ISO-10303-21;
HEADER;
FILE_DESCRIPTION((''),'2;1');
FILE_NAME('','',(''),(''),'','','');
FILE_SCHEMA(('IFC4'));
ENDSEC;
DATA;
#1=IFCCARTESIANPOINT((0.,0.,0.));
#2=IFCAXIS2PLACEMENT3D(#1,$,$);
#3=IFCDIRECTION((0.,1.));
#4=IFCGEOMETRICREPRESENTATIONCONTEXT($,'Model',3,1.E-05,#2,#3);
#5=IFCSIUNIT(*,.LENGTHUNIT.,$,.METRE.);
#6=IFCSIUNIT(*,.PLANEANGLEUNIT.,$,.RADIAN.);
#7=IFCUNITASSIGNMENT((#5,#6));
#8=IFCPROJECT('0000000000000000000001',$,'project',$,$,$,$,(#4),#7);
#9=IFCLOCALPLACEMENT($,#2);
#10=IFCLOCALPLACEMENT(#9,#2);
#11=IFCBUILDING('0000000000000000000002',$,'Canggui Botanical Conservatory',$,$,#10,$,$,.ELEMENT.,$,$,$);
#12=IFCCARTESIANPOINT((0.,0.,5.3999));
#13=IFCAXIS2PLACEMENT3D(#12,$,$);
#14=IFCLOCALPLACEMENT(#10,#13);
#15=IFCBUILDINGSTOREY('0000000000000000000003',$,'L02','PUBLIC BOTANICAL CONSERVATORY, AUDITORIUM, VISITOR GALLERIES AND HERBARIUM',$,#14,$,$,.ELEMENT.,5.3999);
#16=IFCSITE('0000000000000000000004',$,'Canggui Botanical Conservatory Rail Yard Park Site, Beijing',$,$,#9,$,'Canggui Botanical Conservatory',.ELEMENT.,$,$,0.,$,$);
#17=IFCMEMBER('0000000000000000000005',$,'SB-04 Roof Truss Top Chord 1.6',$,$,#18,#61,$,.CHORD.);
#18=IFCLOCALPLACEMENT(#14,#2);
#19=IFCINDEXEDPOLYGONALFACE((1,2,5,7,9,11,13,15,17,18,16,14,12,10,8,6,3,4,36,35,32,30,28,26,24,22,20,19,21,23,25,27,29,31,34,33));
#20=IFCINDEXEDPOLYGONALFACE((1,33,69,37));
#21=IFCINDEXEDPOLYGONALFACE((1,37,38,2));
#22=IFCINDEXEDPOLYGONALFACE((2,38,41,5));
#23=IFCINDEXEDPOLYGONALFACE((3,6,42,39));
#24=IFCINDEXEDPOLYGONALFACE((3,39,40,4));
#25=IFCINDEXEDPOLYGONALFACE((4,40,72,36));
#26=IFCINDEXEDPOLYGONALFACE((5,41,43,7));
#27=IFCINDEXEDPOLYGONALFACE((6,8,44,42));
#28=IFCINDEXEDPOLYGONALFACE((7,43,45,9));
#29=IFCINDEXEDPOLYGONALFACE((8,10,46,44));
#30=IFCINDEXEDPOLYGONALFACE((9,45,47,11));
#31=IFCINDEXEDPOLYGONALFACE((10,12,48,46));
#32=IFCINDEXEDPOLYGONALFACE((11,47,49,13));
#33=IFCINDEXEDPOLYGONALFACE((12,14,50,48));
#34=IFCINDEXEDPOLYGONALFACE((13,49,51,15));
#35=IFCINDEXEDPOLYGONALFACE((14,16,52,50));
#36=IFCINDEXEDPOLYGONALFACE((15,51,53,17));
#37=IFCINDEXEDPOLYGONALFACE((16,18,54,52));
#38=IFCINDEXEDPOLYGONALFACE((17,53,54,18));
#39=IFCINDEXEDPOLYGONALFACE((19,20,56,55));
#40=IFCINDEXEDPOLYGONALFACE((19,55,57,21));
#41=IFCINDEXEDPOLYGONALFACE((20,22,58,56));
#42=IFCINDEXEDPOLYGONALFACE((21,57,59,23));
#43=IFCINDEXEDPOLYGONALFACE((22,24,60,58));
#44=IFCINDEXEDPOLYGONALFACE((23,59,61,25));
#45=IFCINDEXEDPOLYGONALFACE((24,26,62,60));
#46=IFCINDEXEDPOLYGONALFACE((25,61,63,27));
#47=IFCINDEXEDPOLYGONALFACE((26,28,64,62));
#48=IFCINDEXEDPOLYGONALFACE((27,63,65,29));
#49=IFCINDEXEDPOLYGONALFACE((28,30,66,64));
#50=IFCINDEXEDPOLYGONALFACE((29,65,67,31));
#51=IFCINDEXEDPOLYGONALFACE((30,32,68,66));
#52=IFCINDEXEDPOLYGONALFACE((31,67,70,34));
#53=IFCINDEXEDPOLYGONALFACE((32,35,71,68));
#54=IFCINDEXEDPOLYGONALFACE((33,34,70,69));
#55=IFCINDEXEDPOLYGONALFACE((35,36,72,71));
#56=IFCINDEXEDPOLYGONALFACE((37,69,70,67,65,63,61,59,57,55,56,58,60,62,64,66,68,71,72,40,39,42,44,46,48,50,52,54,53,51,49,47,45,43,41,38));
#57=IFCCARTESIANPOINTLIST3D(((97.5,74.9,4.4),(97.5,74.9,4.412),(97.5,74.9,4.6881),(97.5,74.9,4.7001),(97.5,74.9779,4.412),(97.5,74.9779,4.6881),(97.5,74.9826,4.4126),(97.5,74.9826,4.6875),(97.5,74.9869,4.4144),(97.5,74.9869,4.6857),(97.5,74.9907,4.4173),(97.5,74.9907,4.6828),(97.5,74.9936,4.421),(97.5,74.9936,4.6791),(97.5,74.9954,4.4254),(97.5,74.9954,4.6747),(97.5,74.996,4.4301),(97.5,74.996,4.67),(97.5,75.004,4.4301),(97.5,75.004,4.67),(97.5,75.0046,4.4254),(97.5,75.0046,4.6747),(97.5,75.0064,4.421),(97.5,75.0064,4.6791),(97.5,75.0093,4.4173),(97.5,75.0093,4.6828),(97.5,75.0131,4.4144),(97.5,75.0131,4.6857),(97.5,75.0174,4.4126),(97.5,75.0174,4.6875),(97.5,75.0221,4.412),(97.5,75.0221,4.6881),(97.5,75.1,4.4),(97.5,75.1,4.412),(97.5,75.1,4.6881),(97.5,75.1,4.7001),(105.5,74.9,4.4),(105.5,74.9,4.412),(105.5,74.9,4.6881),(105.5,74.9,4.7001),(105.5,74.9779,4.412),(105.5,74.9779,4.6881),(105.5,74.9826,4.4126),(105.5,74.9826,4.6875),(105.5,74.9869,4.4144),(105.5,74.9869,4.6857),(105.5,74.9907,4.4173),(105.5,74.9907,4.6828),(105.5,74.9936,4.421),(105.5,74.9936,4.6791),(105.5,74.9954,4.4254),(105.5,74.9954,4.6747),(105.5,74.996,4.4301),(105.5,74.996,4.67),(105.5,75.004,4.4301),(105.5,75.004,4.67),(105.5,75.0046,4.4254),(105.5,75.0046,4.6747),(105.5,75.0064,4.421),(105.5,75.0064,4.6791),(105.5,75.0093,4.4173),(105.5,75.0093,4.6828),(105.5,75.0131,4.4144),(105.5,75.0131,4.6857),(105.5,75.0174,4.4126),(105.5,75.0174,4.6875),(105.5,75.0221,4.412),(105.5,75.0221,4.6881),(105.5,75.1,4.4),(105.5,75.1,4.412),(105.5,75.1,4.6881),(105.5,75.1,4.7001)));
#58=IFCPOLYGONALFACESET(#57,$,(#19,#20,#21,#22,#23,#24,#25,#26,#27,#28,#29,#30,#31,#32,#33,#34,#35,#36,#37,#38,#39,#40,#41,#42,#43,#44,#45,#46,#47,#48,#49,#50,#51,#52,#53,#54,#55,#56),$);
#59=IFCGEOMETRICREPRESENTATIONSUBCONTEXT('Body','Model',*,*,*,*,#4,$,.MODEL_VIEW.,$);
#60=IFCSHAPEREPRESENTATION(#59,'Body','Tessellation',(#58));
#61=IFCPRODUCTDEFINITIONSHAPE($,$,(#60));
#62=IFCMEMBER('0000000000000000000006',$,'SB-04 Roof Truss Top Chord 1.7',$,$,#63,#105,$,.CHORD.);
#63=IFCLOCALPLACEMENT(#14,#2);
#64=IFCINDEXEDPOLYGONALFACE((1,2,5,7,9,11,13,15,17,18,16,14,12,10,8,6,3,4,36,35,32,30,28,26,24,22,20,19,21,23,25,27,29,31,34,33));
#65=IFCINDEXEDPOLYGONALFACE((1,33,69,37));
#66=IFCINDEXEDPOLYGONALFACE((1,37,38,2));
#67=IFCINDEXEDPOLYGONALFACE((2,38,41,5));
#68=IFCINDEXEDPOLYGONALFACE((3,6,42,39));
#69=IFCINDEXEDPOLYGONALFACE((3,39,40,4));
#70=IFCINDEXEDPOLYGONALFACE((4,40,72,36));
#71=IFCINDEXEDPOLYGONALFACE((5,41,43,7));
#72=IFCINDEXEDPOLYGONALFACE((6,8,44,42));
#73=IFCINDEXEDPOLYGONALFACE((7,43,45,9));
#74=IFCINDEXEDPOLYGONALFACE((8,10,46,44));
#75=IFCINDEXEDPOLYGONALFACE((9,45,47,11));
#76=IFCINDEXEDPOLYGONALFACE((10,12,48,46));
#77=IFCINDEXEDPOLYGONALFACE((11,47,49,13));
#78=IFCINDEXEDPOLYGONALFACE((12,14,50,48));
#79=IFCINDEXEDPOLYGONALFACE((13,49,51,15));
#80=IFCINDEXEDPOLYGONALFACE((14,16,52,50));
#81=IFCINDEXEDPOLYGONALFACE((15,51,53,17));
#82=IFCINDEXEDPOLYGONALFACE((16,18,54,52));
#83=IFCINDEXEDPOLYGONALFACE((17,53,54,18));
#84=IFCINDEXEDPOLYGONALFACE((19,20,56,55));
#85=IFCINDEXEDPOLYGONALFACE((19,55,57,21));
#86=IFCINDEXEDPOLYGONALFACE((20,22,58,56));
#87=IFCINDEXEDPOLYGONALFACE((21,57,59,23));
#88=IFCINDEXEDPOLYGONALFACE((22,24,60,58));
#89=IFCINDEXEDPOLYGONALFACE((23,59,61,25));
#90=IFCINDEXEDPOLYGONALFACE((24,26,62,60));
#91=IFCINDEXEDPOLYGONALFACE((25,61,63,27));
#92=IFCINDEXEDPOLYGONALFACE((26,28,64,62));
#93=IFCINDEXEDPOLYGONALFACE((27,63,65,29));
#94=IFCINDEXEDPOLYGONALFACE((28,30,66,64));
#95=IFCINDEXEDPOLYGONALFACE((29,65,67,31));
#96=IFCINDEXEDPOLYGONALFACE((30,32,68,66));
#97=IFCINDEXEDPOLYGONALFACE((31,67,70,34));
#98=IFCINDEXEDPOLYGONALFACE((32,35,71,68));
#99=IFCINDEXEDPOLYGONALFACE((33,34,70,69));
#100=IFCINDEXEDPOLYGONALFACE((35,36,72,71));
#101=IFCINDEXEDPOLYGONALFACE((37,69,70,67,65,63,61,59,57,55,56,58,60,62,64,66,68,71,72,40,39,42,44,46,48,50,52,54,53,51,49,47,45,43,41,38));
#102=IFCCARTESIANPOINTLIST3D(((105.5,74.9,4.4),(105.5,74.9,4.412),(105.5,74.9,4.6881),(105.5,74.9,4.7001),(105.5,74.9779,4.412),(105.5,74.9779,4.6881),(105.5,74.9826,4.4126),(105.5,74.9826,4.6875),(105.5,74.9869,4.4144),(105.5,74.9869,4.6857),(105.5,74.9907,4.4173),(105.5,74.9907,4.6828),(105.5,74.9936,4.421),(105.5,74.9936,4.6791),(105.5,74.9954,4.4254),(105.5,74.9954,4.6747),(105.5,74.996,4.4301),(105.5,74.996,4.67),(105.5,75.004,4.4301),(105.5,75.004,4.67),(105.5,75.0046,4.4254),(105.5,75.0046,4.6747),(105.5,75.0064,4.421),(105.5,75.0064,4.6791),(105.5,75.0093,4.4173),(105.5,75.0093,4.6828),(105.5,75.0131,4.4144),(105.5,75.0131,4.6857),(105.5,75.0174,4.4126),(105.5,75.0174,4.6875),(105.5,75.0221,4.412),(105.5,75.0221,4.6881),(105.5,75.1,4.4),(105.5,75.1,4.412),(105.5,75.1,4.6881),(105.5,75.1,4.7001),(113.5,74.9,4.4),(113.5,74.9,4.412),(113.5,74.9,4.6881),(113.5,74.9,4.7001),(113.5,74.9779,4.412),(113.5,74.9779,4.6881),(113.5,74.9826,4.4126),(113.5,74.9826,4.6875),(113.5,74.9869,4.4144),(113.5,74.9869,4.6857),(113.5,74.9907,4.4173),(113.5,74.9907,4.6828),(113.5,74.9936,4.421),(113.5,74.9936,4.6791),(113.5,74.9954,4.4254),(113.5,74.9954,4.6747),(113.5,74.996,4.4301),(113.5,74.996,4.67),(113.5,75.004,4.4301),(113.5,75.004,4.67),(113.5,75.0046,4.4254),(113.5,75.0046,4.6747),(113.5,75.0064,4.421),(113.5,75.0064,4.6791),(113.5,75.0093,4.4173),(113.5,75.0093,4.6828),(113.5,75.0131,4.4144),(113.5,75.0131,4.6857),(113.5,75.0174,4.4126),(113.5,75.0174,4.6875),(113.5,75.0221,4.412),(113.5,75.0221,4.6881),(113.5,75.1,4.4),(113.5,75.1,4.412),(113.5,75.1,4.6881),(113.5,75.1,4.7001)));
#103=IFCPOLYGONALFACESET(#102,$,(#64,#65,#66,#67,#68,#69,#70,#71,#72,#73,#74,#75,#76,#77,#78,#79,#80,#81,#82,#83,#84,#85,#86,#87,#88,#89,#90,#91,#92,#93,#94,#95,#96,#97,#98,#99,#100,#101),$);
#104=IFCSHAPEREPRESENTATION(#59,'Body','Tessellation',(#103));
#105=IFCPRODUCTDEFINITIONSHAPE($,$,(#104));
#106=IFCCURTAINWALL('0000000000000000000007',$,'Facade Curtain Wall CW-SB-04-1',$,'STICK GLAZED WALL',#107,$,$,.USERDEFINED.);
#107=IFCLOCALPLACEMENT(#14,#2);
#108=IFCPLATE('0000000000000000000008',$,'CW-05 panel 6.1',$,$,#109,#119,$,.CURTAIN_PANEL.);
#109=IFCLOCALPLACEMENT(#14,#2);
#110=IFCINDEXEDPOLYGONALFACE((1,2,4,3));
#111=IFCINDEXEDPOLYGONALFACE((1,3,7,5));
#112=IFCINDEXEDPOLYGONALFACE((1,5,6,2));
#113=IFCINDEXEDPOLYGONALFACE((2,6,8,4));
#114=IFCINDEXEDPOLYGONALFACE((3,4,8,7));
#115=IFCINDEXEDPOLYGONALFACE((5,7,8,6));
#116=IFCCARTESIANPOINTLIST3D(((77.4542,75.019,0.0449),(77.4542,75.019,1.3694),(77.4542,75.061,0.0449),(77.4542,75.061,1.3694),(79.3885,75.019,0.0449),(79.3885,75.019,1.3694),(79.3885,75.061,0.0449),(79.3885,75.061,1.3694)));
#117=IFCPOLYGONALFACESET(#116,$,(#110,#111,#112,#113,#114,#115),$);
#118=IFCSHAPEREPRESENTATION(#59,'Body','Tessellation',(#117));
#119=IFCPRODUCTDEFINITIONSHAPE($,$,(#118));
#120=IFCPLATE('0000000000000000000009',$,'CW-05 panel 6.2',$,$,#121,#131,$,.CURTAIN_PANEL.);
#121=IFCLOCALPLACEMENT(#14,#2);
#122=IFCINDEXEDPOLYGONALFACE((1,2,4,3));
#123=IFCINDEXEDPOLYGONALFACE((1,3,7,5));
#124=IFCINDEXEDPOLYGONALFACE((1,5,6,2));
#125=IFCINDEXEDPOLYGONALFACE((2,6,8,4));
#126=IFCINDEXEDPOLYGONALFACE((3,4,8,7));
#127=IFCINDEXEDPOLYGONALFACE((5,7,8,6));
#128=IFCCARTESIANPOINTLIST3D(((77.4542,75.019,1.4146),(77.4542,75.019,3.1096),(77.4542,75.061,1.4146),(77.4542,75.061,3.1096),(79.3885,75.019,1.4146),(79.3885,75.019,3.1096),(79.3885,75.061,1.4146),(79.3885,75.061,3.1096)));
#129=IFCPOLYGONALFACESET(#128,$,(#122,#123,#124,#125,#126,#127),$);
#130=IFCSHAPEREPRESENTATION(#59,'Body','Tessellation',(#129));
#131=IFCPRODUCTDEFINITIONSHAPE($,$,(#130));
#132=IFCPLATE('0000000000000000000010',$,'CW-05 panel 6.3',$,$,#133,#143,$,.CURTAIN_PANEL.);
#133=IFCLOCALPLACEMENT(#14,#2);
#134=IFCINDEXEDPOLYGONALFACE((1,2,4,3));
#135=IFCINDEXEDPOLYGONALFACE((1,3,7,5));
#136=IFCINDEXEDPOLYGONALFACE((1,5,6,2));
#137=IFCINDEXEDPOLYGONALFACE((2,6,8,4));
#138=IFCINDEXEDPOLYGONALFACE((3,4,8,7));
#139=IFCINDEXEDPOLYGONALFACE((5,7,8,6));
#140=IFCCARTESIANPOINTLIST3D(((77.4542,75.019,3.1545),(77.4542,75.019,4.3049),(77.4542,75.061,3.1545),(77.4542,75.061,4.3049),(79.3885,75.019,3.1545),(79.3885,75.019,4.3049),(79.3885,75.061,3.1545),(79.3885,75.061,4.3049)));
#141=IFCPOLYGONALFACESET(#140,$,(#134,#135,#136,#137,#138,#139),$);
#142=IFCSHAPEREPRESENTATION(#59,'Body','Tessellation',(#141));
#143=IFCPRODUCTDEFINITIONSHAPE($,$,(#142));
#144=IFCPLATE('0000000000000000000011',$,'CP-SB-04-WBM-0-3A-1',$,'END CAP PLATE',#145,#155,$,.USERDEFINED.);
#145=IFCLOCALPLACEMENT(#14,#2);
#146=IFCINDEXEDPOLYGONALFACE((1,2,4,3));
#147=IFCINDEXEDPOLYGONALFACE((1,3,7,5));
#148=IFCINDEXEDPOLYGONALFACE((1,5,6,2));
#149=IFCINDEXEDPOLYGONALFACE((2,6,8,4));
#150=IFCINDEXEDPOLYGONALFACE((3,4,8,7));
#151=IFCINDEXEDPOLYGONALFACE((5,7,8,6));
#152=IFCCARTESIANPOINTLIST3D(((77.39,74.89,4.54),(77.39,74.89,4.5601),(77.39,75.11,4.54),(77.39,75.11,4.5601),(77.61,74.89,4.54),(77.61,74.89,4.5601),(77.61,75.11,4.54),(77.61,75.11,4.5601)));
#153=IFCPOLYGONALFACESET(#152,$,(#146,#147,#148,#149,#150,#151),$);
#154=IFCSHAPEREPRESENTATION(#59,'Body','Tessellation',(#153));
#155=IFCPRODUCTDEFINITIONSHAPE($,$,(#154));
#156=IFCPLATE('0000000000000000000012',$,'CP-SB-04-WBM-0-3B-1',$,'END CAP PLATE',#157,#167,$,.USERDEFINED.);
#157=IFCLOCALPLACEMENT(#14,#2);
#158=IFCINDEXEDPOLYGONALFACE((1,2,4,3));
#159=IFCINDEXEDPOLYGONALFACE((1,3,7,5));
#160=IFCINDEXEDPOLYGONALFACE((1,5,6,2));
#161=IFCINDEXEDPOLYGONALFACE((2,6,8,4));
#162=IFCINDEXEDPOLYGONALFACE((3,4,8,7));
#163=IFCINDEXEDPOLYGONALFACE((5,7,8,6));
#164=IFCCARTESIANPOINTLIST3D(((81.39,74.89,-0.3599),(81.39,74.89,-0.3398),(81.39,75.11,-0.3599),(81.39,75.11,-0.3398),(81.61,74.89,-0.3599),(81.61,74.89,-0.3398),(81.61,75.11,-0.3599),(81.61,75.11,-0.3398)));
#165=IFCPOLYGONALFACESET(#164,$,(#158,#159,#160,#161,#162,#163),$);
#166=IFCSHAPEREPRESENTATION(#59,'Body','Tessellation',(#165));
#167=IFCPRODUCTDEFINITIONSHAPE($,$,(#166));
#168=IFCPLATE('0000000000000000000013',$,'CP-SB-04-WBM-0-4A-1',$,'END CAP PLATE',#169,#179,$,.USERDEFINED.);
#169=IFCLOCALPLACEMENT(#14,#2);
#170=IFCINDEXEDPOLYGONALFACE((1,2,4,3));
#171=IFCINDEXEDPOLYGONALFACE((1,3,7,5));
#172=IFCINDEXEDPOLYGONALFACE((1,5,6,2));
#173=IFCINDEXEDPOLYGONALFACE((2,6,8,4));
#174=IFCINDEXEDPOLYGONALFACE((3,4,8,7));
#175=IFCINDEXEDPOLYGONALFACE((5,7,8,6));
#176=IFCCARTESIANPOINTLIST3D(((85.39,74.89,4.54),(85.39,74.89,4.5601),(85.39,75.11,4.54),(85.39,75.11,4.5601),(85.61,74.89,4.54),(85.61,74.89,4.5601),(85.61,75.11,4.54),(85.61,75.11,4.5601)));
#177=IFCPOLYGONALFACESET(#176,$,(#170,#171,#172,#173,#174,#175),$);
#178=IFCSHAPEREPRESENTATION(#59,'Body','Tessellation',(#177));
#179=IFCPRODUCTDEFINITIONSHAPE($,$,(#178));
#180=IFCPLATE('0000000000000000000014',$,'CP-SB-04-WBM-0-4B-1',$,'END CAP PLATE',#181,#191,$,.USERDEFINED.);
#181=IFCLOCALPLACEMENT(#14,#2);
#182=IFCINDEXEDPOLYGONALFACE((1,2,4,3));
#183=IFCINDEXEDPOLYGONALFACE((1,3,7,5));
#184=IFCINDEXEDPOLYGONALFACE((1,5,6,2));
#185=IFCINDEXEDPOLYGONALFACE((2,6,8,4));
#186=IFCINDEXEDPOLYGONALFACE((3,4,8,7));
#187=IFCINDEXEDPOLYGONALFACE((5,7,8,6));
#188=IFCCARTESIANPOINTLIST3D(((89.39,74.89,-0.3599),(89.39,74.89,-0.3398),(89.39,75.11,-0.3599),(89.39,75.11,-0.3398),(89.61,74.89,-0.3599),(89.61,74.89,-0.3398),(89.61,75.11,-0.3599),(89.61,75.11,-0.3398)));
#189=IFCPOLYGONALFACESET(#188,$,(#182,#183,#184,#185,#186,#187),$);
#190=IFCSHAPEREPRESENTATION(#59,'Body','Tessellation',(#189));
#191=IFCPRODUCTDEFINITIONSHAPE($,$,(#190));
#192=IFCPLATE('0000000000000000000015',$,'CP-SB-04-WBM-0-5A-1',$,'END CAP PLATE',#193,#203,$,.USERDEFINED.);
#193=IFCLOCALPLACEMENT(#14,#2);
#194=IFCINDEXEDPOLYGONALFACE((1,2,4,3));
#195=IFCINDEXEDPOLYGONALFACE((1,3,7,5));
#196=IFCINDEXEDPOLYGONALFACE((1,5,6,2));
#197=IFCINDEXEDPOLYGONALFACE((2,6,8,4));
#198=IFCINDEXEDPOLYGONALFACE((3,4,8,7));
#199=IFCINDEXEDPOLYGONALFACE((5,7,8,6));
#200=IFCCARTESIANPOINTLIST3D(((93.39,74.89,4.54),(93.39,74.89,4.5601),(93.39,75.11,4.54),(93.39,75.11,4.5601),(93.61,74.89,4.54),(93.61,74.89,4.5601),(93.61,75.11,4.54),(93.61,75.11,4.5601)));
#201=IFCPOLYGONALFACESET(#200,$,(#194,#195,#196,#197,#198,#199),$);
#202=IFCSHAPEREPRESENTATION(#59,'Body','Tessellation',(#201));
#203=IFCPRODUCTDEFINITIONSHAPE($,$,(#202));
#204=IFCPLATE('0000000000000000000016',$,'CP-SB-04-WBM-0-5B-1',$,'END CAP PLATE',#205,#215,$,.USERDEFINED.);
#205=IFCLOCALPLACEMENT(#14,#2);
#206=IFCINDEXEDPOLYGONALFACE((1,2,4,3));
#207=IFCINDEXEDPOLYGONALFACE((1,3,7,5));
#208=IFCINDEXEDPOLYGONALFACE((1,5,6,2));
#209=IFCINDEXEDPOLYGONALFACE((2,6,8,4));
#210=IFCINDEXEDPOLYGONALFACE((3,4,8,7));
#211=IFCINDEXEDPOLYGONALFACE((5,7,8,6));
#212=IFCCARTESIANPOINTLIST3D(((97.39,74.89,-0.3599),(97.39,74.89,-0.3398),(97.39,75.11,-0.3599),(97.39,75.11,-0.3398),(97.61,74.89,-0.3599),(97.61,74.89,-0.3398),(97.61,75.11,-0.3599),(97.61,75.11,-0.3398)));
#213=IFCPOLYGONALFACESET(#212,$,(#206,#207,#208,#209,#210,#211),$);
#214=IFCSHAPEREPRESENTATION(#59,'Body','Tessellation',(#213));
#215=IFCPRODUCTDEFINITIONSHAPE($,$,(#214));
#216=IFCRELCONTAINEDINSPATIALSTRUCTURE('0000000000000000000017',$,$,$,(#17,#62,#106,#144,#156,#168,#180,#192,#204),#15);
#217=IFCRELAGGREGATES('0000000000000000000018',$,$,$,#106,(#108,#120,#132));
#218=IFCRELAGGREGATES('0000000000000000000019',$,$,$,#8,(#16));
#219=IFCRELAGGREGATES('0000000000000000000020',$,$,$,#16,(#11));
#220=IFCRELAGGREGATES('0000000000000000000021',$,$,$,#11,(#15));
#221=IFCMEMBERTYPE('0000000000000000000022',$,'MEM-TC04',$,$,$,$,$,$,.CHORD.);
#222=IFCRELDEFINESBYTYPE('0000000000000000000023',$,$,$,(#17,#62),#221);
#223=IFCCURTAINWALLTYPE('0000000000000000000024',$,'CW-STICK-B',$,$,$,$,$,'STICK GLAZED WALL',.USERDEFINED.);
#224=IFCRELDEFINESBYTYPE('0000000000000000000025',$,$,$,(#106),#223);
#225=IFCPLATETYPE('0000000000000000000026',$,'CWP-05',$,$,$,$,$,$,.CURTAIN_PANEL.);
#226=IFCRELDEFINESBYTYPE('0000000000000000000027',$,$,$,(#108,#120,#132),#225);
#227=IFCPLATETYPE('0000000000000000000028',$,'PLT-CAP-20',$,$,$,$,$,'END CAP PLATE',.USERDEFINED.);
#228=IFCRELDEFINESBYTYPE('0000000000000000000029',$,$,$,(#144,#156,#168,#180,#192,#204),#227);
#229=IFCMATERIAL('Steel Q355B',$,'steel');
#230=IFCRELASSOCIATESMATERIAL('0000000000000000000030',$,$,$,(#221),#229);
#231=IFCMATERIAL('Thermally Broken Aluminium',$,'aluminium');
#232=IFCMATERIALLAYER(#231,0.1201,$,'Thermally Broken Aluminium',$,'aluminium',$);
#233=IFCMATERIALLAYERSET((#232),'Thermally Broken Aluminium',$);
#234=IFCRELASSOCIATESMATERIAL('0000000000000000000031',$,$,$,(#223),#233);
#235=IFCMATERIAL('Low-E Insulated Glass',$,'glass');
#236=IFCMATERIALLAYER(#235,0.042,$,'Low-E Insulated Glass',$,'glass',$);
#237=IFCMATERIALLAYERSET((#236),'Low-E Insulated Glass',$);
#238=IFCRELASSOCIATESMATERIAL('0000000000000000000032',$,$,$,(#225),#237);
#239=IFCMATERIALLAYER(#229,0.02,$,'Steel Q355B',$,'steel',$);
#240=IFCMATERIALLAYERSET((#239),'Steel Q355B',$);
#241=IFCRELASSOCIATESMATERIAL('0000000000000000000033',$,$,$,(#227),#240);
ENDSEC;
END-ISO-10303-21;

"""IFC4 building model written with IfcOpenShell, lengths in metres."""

from ifc_helpers import new_model, si_unit, direction, frame, origin, origin_2d, place, context, subcontext, project, spatial, rectangle, i_section, extrude, material, layer, layer_set, material_profile, profile_set, type_object, element, aggregate, save


model = new_model("IFC4")

# Units and contexts
model_context = context("Model", 3, precision=1e-05, world=origin(), true_north=direction((0.0, 1.0)))
body_context = subcontext(model_context, "Body", "Model", "MODEL_VIEW")
ifc_project = project(units=[si_unit("LENGTHUNIT", "METRE"), si_unit("PLANEANGLEUNIT", "RADIAN")], contexts=[model_context])

# Site, building, storey
site_placement = place(None, origin())
site = spatial("IfcSite", under=ifc_project, at=site_placement, Name="Canggui Botanical Conservatory Rail Yard Park Site, Beijing", LongName="Canggui Botanical Conservatory", CompositionType="ELEMENT", RefElevation=0.0)
building_placement = place(site_placement, origin())
building = spatial("IfcBuilding", under=site, at=building_placement, Name="Canggui Botanical Conservatory", CompositionType="ELEMENT")
storey_placement = place(building_placement, frame((0.0, 0.0, 5.3999)))
storey = spatial("IfcBuildingStorey", under=building, at=storey_placement, Name="L02", Description="PUBLIC BOTANICAL CONSERVATORY, AUDITORIUM, VISITOR GALLERIES AND HERBARIUM", CompositionType="ELEMENT", Elevation=5.3999)

# Shared definitions
ifc_material_1 = material(Name="Steel Q355B", Category="steel")

# Members
ifc_material_profile_1 = material_profile(ifc_material_1, i_section(OverallWidth=0.2, OverallDepth=0.3, WebThickness=0.0081, FlangeThickness=0.012, FilletRadius=0.0181, at=origin_2d()), Name="HM 300x200x8x12")
ifc_profile_set_1 = profile_set([ifc_material_profile_1], Name="Steel Q355B")
member_type_1 = type_object("IfcMemberType", Name="MEM-TC04", PredefinedType="CHORD", material=ifc_profile_set_1)
for number, where, z_axis, x_axis, name in (
    (1, (97.5, 75.0, 4.55), (1.0, 0.0, 0.0), (0.0, 1.0, 0.0), "SB-04 Roof Truss Top Chord 1.6"),
    (2, (105.5, 75.0, 4.55), (1.0, 0.0, 0.0), (0.0, 1.0, 0.0), "SB-04 Roof Truss Top Chord 1.7"),
):
    element("IfcMember", number, at=place(storey_placement, frame(where, z_axis=z_axis, x_axis=x_axis)), inside=storey, type_object=member_type_1, Name=name, PredefinedType="CHORD", context=body_context, shape_type="SweptSolid", body=[
        extrude(i_section(OverallWidth=0.2, OverallDepth=0.3, WebThickness=0.0081, FlangeThickness=0.012, FilletRadius=0.0181, at=origin_2d()), origin(), (0.0, 0.0, 1.0), 8.0),
    ])

# Curtain wall, plates
ifc_material_2 = material(Name="Thermally Broken Aluminium", Category="aluminium")
ifc_layer_1 = layer(ifc_material_2, 0.1201, Name="Thermally Broken Aluminium", Category="aluminium")
ifc_layer_set_1 = layer_set([ifc_layer_1], Name="Thermally Broken Aluminium")
curtain_wall_type = type_object("IfcCurtainWallType", Name="CW-STICK-B", ElementType="STICK GLAZED WALL", PredefinedType="USERDEFINED", material=ifc_layer_set_1)
curtain_wall_placement = place(storey_placement, origin())
curtain_wall = element("IfcCurtainWall", 3, at=curtain_wall_placement, inside=storey, type_object=curtain_wall_type, Name="Facade Curtain Wall CW-SB-04-1", ObjectType="STICK GLAZED WALL", PredefinedType="USERDEFINED")
ifc_material_3 = material(Name="Low-E Insulated Glass", Category="glass")
ifc_layer_2 = layer(ifc_material_3, 0.042, Name="Low-E Insulated Glass", Category="glass")
ifc_layer_set_2 = layer_set([ifc_layer_2], Name="Low-E Insulated Glass")
plate_type_1 = type_object("IfcPlateType", Name="CWP-05", PredefinedType="CURTAIN_PANEL", material=ifc_layer_set_2)
plate_1_placement = place(storey_placement, frame((78.4214, 75.04, 0.0449), z_axis=(0.0, 0.0, 1.0), x_axis=(1.0, 0.0, 0.0)))
plate_1 = element("IfcPlate", 4, at=plate_1_placement, type_object=plate_type_1, Name="CW-05 panel 6.1", PredefinedType="CURTAIN_PANEL", context=body_context, shape_type="SweptSolid", body=[
    extrude(rectangle(XDim=1.9343, YDim=0.042, at=origin_2d()), origin(), (0.0, 0.0, 1.0), 1.3245),
])
plate_2_placement = place(storey_placement, frame((78.4214, 75.04, 1.4146), z_axis=(0.0, 0.0, 1.0), x_axis=(1.0, 0.0, 0.0)))
plate_2 = element("IfcPlate", 5, at=plate_2_placement, type_object=plate_type_1, Name="CW-05 panel 6.2", PredefinedType="CURTAIN_PANEL", context=body_context, shape_type="SweptSolid", body=[
    extrude(rectangle(XDim=1.9343, YDim=0.042, at=origin_2d()), origin(), (0.0, 0.0, 1.0), 1.6951),
])
plate_3_placement = place(storey_placement, frame((78.4214, 75.04, 3.1545), z_axis=(0.0, 0.0, 1.0), x_axis=(1.0, 0.0, 0.0)))
plate_3 = element("IfcPlate", 6, at=plate_3_placement, type_object=plate_type_1, Name="CW-05 panel 6.3", PredefinedType="CURTAIN_PANEL", context=body_context, shape_type="SweptSolid", body=[
    extrude(rectangle(XDim=1.9343, YDim=0.042, at=origin_2d()), origin(), (0.0, 0.0, 1.0), 1.1504),
])
aggregate(curtain_wall, [plate_1, plate_2, plate_3])

# Plates
ifc_layer_3 = layer(ifc_material_1, 0.02, Name="Steel Q355B", Category="steel")
ifc_layer_set_3 = layer_set([ifc_layer_3], Name="Steel Q355B")
plate_type_2 = type_object("IfcPlateType", Name="PLT-CAP-20", ElementType="END CAP PLATE", PredefinedType="USERDEFINED", material=ifc_layer_set_3)
for number, where, z_axis, x_axis, name in (
    (7, (77.5, 75.0, 4.54), (0.0, 0.0, 1.0), (1.0, 0.0, 0.0), "CP-SB-04-WBM-0-3A-1"),
    (8, (81.5, 75.0, -0.3599), (0.0, 0.0, 1.0), (1.0, 0.0, 0.0), "CP-SB-04-WBM-0-3B-1"),
    (9, (85.5, 75.0, 4.54), (0.0, 0.0, 1.0), (1.0, 0.0, 0.0), "CP-SB-04-WBM-0-4A-1"),
    (10, (89.5, 75.0, -0.3599), (0.0, 0.0, 1.0), (1.0, 0.0, 0.0), "CP-SB-04-WBM-0-4B-1"),
    (11, (93.5, 75.0, 4.54), (0.0, 0.0, 1.0), (1.0, 0.0, 0.0), "CP-SB-04-WBM-0-5A-1"),
    (12, (97.5, 75.0, -0.3599), (0.0, 0.0, 1.0), (1.0, 0.0, 0.0), "CP-SB-04-WBM-0-5B-1"),
):
    element("IfcPlate", number, at=place(storey_placement, frame(where, z_axis=z_axis, x_axis=x_axis)), inside=storey, type_object=plate_type_2, Name=name, ObjectType="END CAP PLATE", PredefinedType="USERDEFINED", context=body_context, shape_type="SweptSolid", body=[
        extrude(rectangle(XDim=0.22, YDim=0.22, at=origin_2d()), origin(), (0.0, 0.0, 1.0), 0.02),
    ])

save(model, "model.ifc")
